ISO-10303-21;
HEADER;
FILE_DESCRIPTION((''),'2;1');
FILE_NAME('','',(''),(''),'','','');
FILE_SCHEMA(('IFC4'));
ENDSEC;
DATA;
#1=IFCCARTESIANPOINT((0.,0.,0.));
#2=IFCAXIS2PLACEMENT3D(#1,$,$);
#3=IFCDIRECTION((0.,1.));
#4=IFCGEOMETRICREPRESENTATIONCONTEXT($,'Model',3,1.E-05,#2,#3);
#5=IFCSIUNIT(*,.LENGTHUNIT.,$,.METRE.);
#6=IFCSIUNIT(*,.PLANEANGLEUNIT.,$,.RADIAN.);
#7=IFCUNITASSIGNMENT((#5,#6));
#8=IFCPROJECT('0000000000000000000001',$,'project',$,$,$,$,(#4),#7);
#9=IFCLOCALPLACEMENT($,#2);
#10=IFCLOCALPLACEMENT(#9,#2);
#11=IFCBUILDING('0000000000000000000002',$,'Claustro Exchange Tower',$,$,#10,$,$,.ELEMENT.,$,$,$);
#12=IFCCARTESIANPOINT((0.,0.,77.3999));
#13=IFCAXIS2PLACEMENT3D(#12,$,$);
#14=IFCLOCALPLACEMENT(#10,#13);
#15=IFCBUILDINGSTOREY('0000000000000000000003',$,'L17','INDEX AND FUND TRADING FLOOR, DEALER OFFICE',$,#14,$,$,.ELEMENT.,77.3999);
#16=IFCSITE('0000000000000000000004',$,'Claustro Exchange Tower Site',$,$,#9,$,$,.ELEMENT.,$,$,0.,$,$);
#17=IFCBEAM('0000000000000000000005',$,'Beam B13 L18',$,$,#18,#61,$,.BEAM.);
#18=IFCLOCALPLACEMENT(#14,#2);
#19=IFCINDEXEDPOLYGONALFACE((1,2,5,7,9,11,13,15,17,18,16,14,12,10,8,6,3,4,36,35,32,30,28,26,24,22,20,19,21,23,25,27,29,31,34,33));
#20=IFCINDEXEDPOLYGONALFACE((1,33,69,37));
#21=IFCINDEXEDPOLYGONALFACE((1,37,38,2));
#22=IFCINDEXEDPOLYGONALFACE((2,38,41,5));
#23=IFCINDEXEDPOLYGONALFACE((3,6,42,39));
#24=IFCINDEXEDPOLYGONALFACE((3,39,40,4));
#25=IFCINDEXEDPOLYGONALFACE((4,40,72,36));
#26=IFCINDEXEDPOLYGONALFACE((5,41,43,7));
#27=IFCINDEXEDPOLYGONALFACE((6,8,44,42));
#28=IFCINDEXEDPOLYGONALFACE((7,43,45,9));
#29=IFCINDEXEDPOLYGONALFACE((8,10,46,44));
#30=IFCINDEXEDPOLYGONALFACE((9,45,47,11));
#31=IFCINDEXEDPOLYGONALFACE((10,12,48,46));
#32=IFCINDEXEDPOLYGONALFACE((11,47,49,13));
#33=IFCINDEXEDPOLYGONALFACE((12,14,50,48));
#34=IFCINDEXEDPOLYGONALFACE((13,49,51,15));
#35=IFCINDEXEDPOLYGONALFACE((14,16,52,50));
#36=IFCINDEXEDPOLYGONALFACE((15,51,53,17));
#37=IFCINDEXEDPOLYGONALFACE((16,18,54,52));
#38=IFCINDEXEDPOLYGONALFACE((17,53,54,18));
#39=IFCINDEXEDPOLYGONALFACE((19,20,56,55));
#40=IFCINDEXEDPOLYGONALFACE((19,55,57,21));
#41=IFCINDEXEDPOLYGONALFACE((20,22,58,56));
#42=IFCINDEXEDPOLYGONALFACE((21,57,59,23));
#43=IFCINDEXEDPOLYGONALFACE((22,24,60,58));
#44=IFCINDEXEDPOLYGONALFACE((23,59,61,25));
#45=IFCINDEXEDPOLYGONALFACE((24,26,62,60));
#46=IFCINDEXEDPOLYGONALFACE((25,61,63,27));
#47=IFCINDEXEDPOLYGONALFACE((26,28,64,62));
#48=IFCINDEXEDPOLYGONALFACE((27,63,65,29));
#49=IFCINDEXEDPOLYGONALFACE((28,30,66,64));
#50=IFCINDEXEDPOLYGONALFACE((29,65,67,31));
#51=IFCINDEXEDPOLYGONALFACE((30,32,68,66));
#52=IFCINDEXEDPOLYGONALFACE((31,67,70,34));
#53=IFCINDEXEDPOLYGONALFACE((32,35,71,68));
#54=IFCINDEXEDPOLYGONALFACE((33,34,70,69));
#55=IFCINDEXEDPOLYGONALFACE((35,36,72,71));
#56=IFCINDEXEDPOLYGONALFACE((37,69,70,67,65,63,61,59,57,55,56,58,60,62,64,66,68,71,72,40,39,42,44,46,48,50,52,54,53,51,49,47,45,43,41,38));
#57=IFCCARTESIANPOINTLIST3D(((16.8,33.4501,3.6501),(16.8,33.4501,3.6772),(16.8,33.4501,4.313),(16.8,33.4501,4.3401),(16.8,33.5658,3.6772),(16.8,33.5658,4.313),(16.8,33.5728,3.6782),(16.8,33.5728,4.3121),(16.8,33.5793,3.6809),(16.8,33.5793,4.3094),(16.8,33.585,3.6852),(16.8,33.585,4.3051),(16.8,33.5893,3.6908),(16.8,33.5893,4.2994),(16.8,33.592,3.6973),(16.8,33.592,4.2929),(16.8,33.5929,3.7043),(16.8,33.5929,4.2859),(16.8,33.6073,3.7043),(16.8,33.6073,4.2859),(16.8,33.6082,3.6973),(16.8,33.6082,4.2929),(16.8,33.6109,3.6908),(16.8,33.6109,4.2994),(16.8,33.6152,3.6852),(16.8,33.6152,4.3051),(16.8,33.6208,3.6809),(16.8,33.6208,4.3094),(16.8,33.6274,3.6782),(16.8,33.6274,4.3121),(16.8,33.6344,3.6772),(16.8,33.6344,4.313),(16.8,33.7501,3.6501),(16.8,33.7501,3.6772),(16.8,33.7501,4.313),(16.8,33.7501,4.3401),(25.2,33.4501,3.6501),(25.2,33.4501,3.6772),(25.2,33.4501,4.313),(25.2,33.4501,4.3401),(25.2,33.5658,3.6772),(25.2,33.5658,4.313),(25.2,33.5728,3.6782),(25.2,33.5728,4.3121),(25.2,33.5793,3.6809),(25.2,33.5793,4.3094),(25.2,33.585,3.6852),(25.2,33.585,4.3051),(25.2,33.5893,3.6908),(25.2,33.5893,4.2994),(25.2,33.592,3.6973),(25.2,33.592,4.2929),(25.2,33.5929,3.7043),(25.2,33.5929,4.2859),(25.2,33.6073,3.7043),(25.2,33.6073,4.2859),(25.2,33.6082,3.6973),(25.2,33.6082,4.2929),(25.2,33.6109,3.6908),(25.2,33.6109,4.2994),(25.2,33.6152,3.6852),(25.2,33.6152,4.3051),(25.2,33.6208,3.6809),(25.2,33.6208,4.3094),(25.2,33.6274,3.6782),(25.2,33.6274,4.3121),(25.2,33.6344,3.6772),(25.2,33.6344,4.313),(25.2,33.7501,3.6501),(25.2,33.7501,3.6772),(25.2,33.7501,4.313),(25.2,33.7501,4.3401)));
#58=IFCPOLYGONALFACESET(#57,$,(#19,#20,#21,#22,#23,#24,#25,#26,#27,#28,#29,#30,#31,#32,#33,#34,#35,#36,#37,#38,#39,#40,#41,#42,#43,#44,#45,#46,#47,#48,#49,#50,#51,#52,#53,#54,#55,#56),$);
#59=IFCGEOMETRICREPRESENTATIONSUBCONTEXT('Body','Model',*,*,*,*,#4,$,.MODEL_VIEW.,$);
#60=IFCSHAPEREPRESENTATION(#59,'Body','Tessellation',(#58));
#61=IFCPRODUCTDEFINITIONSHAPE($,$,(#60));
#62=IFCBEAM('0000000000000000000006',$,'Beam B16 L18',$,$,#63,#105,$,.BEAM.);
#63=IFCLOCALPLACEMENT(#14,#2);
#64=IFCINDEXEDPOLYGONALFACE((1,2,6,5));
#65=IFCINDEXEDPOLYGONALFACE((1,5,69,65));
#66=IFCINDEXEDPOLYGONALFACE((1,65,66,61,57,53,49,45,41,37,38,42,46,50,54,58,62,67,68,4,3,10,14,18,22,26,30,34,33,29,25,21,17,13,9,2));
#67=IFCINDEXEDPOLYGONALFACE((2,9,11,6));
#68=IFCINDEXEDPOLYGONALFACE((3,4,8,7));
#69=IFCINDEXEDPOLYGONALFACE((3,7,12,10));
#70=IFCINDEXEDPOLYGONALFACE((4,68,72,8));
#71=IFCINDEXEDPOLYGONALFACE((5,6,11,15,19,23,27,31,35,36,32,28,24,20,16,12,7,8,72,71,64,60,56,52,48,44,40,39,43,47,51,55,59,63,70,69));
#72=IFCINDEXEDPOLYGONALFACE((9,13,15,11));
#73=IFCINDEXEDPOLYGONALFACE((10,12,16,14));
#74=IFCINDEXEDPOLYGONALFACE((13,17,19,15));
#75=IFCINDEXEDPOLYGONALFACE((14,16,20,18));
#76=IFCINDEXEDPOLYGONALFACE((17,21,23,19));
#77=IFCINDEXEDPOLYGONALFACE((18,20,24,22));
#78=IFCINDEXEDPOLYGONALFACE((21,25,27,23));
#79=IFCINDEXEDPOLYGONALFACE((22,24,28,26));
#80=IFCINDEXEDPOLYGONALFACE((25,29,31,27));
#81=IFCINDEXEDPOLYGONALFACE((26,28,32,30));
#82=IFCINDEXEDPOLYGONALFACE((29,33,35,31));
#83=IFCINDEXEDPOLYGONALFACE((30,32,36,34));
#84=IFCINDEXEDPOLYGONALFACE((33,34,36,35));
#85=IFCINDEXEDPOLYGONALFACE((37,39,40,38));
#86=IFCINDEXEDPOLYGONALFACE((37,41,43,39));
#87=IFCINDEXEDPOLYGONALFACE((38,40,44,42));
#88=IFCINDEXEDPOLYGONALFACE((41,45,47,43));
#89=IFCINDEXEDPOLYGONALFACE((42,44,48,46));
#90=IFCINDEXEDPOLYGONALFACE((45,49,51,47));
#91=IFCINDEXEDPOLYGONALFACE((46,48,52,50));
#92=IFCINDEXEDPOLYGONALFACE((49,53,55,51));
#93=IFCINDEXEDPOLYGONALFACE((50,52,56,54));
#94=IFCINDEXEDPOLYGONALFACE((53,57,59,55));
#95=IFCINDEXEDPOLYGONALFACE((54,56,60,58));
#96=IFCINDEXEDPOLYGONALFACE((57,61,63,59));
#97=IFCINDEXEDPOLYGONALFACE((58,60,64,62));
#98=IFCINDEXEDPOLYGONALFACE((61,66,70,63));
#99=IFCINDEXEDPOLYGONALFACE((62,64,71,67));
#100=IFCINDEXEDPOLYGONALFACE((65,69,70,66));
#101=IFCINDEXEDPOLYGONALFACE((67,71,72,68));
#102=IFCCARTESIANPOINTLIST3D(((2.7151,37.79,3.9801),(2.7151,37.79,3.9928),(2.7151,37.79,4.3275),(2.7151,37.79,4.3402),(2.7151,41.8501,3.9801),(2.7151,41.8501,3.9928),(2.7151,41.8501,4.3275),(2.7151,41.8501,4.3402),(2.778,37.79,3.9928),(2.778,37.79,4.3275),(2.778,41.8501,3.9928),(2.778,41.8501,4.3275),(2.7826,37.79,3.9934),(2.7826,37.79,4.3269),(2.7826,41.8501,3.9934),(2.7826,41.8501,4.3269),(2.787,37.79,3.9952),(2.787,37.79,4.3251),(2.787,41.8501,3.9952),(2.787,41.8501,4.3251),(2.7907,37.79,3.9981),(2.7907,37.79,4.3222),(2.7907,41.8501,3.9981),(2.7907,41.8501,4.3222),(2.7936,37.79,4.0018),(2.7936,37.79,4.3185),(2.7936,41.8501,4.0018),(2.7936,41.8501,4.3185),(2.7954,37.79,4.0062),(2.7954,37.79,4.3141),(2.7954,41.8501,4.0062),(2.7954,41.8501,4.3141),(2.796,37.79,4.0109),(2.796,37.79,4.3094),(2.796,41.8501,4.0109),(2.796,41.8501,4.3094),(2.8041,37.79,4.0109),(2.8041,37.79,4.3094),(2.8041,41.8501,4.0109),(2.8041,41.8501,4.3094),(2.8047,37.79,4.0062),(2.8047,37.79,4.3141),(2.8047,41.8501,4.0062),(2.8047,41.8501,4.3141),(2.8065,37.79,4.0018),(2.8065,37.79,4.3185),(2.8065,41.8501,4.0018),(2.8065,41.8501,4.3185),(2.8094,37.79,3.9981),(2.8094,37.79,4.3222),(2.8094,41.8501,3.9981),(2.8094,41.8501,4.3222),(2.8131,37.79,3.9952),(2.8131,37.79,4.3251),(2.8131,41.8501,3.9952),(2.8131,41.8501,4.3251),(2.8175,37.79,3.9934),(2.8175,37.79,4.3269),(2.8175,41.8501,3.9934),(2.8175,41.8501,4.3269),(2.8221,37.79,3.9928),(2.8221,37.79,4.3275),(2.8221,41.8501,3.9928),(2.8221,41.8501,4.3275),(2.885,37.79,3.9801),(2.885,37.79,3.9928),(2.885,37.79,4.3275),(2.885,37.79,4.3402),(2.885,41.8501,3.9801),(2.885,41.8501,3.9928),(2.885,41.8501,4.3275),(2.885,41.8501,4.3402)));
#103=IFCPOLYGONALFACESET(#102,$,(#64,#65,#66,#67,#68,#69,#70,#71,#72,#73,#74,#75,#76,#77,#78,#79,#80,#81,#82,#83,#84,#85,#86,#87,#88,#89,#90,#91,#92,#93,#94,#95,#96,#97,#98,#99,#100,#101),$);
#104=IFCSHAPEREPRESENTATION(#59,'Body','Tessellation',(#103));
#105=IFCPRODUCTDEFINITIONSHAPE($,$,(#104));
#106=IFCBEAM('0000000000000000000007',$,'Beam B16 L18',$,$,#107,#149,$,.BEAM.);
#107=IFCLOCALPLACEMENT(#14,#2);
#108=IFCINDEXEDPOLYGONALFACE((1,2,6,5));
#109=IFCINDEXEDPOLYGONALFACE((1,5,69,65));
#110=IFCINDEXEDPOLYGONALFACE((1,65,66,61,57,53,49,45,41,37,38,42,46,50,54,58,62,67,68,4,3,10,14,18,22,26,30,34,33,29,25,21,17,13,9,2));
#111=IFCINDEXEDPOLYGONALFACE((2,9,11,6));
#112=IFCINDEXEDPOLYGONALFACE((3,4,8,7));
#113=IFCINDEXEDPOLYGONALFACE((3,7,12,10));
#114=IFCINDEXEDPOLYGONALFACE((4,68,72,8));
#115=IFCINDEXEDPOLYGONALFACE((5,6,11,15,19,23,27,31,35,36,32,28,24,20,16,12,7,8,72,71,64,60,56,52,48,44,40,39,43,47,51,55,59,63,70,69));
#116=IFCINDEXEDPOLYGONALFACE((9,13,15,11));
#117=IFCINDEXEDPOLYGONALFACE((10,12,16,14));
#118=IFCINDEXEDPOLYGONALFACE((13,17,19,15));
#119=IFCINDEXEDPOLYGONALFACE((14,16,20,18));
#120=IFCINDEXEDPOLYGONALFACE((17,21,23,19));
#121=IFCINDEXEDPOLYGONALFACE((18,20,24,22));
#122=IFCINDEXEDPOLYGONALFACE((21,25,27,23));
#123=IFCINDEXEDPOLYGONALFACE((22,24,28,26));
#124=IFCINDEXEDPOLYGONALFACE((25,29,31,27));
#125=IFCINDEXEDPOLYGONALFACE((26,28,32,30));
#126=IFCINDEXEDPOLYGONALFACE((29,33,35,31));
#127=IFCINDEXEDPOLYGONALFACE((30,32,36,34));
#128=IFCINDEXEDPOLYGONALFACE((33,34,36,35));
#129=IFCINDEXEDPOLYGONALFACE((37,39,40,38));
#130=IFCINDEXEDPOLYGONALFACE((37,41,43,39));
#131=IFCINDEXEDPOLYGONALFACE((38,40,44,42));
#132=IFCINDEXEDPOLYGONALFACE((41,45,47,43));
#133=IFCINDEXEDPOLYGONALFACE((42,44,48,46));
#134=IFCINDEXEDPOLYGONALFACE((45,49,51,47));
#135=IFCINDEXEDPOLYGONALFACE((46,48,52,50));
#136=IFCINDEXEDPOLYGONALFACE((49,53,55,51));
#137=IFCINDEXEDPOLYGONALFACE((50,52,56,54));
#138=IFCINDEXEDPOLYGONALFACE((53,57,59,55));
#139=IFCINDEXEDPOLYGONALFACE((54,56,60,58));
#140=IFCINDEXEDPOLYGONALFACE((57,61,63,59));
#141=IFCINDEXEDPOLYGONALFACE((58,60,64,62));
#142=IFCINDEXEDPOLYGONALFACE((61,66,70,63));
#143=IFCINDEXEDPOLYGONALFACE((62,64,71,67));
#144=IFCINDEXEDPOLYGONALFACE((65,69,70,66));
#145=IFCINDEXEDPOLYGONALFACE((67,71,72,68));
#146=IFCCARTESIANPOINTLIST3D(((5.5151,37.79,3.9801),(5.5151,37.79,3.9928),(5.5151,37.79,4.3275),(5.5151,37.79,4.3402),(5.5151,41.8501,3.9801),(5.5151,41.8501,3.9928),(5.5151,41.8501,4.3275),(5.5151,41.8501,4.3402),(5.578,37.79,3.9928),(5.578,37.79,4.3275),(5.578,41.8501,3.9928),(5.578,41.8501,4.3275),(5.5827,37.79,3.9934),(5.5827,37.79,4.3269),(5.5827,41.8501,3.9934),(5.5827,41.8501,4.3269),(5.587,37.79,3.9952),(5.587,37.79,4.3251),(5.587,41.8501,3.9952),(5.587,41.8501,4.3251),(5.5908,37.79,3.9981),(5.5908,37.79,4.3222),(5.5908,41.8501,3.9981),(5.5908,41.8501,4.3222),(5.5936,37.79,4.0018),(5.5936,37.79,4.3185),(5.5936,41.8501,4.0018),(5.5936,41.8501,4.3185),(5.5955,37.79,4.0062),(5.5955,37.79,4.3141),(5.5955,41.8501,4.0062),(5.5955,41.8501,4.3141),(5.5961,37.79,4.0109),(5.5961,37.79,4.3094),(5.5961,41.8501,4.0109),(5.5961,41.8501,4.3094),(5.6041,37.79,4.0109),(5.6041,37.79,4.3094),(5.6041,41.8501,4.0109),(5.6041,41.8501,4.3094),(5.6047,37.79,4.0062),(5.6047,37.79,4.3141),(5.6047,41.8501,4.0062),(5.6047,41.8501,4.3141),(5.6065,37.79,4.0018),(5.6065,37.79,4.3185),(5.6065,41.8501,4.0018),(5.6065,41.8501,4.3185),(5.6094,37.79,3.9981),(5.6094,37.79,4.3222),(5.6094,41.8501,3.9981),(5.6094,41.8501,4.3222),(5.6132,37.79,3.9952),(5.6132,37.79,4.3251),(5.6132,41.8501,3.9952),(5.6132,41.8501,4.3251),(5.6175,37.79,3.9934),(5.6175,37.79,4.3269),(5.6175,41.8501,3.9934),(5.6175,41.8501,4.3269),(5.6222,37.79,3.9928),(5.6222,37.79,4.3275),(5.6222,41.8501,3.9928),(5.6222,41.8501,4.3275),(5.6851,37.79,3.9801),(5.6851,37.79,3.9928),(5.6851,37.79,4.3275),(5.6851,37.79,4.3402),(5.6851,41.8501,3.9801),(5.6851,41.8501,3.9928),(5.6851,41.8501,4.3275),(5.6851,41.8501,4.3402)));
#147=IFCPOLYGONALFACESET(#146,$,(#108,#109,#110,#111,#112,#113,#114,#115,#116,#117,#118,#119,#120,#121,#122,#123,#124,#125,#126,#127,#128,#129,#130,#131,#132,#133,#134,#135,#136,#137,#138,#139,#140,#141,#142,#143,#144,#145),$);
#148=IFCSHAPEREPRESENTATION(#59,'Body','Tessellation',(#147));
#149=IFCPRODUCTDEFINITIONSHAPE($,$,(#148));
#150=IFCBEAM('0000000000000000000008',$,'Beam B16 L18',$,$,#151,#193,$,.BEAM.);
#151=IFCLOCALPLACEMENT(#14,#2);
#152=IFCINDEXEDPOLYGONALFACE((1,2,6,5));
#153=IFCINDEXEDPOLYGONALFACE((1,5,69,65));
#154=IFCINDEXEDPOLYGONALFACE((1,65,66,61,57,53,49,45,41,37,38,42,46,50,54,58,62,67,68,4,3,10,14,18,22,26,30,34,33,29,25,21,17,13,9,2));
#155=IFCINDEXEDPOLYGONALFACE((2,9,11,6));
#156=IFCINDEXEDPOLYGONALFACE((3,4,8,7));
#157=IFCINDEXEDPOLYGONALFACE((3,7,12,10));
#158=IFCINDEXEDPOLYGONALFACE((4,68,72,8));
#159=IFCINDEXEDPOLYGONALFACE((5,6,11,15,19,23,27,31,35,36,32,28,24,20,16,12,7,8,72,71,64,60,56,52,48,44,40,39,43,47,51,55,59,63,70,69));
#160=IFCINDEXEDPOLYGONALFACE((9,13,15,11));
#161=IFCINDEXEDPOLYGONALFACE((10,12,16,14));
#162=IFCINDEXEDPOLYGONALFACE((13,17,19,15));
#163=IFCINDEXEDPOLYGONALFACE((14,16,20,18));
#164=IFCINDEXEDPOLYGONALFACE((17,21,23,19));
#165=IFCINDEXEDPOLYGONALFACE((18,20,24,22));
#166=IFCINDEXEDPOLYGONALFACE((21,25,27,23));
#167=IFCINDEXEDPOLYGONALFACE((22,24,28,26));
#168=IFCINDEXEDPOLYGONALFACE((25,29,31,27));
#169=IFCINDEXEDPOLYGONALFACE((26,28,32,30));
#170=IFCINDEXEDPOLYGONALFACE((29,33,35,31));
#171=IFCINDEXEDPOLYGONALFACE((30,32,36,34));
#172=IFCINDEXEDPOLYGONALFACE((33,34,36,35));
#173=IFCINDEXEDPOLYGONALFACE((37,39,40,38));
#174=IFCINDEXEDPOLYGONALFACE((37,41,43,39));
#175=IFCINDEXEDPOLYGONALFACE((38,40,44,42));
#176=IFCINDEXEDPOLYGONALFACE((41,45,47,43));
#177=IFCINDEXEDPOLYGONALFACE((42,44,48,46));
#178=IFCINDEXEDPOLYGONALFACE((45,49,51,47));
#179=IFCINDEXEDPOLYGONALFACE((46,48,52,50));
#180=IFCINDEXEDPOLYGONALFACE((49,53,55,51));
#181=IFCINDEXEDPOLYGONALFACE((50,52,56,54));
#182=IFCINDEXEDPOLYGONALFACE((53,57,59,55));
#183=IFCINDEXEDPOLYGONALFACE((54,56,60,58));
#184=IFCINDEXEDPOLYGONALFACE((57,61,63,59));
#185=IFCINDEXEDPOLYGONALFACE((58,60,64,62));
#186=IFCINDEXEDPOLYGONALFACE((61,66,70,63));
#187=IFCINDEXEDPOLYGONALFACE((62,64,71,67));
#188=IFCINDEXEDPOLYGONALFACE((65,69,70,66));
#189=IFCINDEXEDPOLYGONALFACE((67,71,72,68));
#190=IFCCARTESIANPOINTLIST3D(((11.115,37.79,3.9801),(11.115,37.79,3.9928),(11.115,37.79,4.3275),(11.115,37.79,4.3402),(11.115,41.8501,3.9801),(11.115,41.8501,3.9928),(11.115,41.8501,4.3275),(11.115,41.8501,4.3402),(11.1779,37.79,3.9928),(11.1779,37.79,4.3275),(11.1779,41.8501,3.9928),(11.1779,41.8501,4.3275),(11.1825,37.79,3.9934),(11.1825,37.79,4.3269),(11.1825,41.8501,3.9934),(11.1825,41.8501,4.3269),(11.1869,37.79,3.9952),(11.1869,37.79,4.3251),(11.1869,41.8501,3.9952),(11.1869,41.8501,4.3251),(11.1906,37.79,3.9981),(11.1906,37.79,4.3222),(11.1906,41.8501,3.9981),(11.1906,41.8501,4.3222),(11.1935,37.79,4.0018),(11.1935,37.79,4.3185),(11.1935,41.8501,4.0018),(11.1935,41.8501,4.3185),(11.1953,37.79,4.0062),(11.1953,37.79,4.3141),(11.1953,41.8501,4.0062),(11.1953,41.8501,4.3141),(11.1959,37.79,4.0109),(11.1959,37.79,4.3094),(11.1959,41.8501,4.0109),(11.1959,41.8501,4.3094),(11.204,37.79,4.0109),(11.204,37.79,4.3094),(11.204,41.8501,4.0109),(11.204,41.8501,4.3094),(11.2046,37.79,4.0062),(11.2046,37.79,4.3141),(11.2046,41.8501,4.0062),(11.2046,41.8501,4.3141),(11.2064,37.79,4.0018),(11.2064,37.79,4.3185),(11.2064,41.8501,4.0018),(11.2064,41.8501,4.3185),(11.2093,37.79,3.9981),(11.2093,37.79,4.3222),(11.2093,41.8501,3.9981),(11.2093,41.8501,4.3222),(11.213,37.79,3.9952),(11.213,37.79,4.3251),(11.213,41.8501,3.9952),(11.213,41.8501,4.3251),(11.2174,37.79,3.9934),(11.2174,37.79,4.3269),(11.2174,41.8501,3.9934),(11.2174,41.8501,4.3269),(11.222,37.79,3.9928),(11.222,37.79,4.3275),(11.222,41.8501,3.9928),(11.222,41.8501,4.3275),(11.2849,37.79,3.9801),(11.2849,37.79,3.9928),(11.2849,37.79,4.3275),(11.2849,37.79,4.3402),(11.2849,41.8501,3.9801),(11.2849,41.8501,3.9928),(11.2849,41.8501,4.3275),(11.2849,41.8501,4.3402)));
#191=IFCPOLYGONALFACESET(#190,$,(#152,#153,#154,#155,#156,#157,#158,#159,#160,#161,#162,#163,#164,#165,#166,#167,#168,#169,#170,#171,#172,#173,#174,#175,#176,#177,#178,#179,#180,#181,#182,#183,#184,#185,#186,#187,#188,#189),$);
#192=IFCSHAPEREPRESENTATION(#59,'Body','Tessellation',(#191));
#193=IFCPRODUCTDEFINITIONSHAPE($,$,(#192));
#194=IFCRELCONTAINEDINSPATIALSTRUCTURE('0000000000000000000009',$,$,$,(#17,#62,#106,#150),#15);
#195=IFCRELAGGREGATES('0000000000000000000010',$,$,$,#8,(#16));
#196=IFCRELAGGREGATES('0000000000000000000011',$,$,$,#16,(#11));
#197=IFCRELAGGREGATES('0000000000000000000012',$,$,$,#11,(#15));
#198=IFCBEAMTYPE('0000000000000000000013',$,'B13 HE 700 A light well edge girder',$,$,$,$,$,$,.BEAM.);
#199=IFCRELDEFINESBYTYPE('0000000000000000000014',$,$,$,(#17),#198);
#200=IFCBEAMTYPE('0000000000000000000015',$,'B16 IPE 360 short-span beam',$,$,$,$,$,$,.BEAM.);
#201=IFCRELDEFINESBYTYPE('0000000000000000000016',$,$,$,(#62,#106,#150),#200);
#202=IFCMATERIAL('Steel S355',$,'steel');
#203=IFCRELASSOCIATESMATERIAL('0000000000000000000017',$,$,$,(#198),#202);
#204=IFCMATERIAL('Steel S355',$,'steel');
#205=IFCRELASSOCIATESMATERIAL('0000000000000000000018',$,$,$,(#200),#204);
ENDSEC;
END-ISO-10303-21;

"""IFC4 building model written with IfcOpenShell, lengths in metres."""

from ifc_helpers import new_model, si_unit, direction, frame, origin, origin_2d, place, context, subcontext, project, spatial, i_section, extrude, material, material_profile, profile_set, type_object, element, save


model = new_model("IFC4")

# Units and contexts
model_context = context("Model", 3, precision=1e-05, world=origin(), true_north=direction((0.0, 1.0)))
body_context = subcontext(model_context, "Body", "Model", "MODEL_VIEW")
ifc_project = project(units=[si_unit("LENGTHUNIT", "METRE"), si_unit("PLANEANGLEUNIT", "RADIAN")], contexts=[model_context])

# Site, building, storey
site_placement = place(None, origin())
site = spatial("IfcSite", under=ifc_project, at=site_placement, Name="Claustro Exchange Tower Site", CompositionType="ELEMENT", RefElevation=0.0)
building_placement = place(site_placement, origin())
building = spatial("IfcBuilding", under=site, at=building_placement, Name="Claustro Exchange Tower", CompositionType="ELEMENT")
storey_placement = place(building_placement, frame((0.0, 0.0, 77.3999)))
storey = spatial("IfcBuildingStorey", under=building, at=storey_placement, Name="L17", Description="INDEX AND FUND TRADING FLOOR, DEALER OFFICE", CompositionType="ELEMENT", Elevation=77.3999)

# Beams
ifc_material_1 = material(Name="Steel S355", Category="steel")
ifc_material_profile_1 = material_profile(ifc_material_1, i_section(OverallWidth=0.3, OverallDepth=0.6899, WebThickness=0.0144, FlangeThickness=0.0271, FilletRadius=0.0271, at=origin_2d()), Name="HE 700 A")
ifc_profile_set_1 = profile_set([ifc_material_profile_1], Name="Steel S355")
beam_type_1 = type_object("IfcBeamType", Name="B13 HE 700 A light well edge girder", PredefinedType="BEAM", material=ifc_profile_set_1)
beam_1_placement = place(storey_placement, frame((16.8, 33.6001, 3.9951), z_axis=(1.0, 0.0, 0.0), x_axis=(0.0, 1.0, 0.0)))
element("IfcBeam", 1, at=beam_1_placement, inside=storey, type_object=beam_type_1, Name="Beam B13 L18", PredefinedType="BEAM", context=body_context, shape_type="SweptSolid", body=[
    extrude(i_section(OverallWidth=0.3, OverallDepth=0.6899, WebThickness=0.0144, FlangeThickness=0.0271, FilletRadius=0.0271, at=origin_2d()), origin(), (0.0, 0.0, 1.0), 8.3999),
])
ifc_material_2 = material(Name="Steel S355", Category="steel")
ifc_material_profile_2 = material_profile(ifc_material_2, i_section(OverallWidth=0.1699, OverallDepth=0.3601, WebThickness=0.0081, FlangeThickness=0.0127, FilletRadius=0.0181, at=origin_2d()), Name="IPE 360")
ifc_profile_set_2 = profile_set([ifc_material_profile_2], Name="Steel S355")
beam_type_2 = type_object("IfcBeamType", Name="B16 IPE 360 short-span beam", PredefinedType="BEAM", material=ifc_profile_set_2)
for number, where, z_axis, x_axis, name in (
    (2, (2.8, 37.79, 4.1602), (0.0, 1.0, 0.0), (-1.0, 0.0, 0.0), "Beam B16 L18"),
    (3, (5.6001, 37.79, 4.1602), (0.0, 1.0, 0.0), (-1.0, 0.0, 0.0), "Beam B16 L18"),
    (4, (11.2, 37.79, 4.1602), (0.0, 1.0, 0.0), (-1.0, 0.0, 0.0), "Beam B16 L18"),
):
    element("IfcBeam", number, at=place(storey_placement, frame(where, z_axis=z_axis, x_axis=x_axis)), inside=storey, type_object=beam_type_2, Name=name, PredefinedType="BEAM", context=body_context, shape_type="SweptSolid", body=[
        extrude(i_section(OverallWidth=0.1699, OverallDepth=0.3601, WebThickness=0.0081, FlangeThickness=0.0127, FilletRadius=0.0181, at=origin_2d()), origin(), (0.0, 0.0, 1.0), 4.0601),
    ])

save(model, "model.ifc")
